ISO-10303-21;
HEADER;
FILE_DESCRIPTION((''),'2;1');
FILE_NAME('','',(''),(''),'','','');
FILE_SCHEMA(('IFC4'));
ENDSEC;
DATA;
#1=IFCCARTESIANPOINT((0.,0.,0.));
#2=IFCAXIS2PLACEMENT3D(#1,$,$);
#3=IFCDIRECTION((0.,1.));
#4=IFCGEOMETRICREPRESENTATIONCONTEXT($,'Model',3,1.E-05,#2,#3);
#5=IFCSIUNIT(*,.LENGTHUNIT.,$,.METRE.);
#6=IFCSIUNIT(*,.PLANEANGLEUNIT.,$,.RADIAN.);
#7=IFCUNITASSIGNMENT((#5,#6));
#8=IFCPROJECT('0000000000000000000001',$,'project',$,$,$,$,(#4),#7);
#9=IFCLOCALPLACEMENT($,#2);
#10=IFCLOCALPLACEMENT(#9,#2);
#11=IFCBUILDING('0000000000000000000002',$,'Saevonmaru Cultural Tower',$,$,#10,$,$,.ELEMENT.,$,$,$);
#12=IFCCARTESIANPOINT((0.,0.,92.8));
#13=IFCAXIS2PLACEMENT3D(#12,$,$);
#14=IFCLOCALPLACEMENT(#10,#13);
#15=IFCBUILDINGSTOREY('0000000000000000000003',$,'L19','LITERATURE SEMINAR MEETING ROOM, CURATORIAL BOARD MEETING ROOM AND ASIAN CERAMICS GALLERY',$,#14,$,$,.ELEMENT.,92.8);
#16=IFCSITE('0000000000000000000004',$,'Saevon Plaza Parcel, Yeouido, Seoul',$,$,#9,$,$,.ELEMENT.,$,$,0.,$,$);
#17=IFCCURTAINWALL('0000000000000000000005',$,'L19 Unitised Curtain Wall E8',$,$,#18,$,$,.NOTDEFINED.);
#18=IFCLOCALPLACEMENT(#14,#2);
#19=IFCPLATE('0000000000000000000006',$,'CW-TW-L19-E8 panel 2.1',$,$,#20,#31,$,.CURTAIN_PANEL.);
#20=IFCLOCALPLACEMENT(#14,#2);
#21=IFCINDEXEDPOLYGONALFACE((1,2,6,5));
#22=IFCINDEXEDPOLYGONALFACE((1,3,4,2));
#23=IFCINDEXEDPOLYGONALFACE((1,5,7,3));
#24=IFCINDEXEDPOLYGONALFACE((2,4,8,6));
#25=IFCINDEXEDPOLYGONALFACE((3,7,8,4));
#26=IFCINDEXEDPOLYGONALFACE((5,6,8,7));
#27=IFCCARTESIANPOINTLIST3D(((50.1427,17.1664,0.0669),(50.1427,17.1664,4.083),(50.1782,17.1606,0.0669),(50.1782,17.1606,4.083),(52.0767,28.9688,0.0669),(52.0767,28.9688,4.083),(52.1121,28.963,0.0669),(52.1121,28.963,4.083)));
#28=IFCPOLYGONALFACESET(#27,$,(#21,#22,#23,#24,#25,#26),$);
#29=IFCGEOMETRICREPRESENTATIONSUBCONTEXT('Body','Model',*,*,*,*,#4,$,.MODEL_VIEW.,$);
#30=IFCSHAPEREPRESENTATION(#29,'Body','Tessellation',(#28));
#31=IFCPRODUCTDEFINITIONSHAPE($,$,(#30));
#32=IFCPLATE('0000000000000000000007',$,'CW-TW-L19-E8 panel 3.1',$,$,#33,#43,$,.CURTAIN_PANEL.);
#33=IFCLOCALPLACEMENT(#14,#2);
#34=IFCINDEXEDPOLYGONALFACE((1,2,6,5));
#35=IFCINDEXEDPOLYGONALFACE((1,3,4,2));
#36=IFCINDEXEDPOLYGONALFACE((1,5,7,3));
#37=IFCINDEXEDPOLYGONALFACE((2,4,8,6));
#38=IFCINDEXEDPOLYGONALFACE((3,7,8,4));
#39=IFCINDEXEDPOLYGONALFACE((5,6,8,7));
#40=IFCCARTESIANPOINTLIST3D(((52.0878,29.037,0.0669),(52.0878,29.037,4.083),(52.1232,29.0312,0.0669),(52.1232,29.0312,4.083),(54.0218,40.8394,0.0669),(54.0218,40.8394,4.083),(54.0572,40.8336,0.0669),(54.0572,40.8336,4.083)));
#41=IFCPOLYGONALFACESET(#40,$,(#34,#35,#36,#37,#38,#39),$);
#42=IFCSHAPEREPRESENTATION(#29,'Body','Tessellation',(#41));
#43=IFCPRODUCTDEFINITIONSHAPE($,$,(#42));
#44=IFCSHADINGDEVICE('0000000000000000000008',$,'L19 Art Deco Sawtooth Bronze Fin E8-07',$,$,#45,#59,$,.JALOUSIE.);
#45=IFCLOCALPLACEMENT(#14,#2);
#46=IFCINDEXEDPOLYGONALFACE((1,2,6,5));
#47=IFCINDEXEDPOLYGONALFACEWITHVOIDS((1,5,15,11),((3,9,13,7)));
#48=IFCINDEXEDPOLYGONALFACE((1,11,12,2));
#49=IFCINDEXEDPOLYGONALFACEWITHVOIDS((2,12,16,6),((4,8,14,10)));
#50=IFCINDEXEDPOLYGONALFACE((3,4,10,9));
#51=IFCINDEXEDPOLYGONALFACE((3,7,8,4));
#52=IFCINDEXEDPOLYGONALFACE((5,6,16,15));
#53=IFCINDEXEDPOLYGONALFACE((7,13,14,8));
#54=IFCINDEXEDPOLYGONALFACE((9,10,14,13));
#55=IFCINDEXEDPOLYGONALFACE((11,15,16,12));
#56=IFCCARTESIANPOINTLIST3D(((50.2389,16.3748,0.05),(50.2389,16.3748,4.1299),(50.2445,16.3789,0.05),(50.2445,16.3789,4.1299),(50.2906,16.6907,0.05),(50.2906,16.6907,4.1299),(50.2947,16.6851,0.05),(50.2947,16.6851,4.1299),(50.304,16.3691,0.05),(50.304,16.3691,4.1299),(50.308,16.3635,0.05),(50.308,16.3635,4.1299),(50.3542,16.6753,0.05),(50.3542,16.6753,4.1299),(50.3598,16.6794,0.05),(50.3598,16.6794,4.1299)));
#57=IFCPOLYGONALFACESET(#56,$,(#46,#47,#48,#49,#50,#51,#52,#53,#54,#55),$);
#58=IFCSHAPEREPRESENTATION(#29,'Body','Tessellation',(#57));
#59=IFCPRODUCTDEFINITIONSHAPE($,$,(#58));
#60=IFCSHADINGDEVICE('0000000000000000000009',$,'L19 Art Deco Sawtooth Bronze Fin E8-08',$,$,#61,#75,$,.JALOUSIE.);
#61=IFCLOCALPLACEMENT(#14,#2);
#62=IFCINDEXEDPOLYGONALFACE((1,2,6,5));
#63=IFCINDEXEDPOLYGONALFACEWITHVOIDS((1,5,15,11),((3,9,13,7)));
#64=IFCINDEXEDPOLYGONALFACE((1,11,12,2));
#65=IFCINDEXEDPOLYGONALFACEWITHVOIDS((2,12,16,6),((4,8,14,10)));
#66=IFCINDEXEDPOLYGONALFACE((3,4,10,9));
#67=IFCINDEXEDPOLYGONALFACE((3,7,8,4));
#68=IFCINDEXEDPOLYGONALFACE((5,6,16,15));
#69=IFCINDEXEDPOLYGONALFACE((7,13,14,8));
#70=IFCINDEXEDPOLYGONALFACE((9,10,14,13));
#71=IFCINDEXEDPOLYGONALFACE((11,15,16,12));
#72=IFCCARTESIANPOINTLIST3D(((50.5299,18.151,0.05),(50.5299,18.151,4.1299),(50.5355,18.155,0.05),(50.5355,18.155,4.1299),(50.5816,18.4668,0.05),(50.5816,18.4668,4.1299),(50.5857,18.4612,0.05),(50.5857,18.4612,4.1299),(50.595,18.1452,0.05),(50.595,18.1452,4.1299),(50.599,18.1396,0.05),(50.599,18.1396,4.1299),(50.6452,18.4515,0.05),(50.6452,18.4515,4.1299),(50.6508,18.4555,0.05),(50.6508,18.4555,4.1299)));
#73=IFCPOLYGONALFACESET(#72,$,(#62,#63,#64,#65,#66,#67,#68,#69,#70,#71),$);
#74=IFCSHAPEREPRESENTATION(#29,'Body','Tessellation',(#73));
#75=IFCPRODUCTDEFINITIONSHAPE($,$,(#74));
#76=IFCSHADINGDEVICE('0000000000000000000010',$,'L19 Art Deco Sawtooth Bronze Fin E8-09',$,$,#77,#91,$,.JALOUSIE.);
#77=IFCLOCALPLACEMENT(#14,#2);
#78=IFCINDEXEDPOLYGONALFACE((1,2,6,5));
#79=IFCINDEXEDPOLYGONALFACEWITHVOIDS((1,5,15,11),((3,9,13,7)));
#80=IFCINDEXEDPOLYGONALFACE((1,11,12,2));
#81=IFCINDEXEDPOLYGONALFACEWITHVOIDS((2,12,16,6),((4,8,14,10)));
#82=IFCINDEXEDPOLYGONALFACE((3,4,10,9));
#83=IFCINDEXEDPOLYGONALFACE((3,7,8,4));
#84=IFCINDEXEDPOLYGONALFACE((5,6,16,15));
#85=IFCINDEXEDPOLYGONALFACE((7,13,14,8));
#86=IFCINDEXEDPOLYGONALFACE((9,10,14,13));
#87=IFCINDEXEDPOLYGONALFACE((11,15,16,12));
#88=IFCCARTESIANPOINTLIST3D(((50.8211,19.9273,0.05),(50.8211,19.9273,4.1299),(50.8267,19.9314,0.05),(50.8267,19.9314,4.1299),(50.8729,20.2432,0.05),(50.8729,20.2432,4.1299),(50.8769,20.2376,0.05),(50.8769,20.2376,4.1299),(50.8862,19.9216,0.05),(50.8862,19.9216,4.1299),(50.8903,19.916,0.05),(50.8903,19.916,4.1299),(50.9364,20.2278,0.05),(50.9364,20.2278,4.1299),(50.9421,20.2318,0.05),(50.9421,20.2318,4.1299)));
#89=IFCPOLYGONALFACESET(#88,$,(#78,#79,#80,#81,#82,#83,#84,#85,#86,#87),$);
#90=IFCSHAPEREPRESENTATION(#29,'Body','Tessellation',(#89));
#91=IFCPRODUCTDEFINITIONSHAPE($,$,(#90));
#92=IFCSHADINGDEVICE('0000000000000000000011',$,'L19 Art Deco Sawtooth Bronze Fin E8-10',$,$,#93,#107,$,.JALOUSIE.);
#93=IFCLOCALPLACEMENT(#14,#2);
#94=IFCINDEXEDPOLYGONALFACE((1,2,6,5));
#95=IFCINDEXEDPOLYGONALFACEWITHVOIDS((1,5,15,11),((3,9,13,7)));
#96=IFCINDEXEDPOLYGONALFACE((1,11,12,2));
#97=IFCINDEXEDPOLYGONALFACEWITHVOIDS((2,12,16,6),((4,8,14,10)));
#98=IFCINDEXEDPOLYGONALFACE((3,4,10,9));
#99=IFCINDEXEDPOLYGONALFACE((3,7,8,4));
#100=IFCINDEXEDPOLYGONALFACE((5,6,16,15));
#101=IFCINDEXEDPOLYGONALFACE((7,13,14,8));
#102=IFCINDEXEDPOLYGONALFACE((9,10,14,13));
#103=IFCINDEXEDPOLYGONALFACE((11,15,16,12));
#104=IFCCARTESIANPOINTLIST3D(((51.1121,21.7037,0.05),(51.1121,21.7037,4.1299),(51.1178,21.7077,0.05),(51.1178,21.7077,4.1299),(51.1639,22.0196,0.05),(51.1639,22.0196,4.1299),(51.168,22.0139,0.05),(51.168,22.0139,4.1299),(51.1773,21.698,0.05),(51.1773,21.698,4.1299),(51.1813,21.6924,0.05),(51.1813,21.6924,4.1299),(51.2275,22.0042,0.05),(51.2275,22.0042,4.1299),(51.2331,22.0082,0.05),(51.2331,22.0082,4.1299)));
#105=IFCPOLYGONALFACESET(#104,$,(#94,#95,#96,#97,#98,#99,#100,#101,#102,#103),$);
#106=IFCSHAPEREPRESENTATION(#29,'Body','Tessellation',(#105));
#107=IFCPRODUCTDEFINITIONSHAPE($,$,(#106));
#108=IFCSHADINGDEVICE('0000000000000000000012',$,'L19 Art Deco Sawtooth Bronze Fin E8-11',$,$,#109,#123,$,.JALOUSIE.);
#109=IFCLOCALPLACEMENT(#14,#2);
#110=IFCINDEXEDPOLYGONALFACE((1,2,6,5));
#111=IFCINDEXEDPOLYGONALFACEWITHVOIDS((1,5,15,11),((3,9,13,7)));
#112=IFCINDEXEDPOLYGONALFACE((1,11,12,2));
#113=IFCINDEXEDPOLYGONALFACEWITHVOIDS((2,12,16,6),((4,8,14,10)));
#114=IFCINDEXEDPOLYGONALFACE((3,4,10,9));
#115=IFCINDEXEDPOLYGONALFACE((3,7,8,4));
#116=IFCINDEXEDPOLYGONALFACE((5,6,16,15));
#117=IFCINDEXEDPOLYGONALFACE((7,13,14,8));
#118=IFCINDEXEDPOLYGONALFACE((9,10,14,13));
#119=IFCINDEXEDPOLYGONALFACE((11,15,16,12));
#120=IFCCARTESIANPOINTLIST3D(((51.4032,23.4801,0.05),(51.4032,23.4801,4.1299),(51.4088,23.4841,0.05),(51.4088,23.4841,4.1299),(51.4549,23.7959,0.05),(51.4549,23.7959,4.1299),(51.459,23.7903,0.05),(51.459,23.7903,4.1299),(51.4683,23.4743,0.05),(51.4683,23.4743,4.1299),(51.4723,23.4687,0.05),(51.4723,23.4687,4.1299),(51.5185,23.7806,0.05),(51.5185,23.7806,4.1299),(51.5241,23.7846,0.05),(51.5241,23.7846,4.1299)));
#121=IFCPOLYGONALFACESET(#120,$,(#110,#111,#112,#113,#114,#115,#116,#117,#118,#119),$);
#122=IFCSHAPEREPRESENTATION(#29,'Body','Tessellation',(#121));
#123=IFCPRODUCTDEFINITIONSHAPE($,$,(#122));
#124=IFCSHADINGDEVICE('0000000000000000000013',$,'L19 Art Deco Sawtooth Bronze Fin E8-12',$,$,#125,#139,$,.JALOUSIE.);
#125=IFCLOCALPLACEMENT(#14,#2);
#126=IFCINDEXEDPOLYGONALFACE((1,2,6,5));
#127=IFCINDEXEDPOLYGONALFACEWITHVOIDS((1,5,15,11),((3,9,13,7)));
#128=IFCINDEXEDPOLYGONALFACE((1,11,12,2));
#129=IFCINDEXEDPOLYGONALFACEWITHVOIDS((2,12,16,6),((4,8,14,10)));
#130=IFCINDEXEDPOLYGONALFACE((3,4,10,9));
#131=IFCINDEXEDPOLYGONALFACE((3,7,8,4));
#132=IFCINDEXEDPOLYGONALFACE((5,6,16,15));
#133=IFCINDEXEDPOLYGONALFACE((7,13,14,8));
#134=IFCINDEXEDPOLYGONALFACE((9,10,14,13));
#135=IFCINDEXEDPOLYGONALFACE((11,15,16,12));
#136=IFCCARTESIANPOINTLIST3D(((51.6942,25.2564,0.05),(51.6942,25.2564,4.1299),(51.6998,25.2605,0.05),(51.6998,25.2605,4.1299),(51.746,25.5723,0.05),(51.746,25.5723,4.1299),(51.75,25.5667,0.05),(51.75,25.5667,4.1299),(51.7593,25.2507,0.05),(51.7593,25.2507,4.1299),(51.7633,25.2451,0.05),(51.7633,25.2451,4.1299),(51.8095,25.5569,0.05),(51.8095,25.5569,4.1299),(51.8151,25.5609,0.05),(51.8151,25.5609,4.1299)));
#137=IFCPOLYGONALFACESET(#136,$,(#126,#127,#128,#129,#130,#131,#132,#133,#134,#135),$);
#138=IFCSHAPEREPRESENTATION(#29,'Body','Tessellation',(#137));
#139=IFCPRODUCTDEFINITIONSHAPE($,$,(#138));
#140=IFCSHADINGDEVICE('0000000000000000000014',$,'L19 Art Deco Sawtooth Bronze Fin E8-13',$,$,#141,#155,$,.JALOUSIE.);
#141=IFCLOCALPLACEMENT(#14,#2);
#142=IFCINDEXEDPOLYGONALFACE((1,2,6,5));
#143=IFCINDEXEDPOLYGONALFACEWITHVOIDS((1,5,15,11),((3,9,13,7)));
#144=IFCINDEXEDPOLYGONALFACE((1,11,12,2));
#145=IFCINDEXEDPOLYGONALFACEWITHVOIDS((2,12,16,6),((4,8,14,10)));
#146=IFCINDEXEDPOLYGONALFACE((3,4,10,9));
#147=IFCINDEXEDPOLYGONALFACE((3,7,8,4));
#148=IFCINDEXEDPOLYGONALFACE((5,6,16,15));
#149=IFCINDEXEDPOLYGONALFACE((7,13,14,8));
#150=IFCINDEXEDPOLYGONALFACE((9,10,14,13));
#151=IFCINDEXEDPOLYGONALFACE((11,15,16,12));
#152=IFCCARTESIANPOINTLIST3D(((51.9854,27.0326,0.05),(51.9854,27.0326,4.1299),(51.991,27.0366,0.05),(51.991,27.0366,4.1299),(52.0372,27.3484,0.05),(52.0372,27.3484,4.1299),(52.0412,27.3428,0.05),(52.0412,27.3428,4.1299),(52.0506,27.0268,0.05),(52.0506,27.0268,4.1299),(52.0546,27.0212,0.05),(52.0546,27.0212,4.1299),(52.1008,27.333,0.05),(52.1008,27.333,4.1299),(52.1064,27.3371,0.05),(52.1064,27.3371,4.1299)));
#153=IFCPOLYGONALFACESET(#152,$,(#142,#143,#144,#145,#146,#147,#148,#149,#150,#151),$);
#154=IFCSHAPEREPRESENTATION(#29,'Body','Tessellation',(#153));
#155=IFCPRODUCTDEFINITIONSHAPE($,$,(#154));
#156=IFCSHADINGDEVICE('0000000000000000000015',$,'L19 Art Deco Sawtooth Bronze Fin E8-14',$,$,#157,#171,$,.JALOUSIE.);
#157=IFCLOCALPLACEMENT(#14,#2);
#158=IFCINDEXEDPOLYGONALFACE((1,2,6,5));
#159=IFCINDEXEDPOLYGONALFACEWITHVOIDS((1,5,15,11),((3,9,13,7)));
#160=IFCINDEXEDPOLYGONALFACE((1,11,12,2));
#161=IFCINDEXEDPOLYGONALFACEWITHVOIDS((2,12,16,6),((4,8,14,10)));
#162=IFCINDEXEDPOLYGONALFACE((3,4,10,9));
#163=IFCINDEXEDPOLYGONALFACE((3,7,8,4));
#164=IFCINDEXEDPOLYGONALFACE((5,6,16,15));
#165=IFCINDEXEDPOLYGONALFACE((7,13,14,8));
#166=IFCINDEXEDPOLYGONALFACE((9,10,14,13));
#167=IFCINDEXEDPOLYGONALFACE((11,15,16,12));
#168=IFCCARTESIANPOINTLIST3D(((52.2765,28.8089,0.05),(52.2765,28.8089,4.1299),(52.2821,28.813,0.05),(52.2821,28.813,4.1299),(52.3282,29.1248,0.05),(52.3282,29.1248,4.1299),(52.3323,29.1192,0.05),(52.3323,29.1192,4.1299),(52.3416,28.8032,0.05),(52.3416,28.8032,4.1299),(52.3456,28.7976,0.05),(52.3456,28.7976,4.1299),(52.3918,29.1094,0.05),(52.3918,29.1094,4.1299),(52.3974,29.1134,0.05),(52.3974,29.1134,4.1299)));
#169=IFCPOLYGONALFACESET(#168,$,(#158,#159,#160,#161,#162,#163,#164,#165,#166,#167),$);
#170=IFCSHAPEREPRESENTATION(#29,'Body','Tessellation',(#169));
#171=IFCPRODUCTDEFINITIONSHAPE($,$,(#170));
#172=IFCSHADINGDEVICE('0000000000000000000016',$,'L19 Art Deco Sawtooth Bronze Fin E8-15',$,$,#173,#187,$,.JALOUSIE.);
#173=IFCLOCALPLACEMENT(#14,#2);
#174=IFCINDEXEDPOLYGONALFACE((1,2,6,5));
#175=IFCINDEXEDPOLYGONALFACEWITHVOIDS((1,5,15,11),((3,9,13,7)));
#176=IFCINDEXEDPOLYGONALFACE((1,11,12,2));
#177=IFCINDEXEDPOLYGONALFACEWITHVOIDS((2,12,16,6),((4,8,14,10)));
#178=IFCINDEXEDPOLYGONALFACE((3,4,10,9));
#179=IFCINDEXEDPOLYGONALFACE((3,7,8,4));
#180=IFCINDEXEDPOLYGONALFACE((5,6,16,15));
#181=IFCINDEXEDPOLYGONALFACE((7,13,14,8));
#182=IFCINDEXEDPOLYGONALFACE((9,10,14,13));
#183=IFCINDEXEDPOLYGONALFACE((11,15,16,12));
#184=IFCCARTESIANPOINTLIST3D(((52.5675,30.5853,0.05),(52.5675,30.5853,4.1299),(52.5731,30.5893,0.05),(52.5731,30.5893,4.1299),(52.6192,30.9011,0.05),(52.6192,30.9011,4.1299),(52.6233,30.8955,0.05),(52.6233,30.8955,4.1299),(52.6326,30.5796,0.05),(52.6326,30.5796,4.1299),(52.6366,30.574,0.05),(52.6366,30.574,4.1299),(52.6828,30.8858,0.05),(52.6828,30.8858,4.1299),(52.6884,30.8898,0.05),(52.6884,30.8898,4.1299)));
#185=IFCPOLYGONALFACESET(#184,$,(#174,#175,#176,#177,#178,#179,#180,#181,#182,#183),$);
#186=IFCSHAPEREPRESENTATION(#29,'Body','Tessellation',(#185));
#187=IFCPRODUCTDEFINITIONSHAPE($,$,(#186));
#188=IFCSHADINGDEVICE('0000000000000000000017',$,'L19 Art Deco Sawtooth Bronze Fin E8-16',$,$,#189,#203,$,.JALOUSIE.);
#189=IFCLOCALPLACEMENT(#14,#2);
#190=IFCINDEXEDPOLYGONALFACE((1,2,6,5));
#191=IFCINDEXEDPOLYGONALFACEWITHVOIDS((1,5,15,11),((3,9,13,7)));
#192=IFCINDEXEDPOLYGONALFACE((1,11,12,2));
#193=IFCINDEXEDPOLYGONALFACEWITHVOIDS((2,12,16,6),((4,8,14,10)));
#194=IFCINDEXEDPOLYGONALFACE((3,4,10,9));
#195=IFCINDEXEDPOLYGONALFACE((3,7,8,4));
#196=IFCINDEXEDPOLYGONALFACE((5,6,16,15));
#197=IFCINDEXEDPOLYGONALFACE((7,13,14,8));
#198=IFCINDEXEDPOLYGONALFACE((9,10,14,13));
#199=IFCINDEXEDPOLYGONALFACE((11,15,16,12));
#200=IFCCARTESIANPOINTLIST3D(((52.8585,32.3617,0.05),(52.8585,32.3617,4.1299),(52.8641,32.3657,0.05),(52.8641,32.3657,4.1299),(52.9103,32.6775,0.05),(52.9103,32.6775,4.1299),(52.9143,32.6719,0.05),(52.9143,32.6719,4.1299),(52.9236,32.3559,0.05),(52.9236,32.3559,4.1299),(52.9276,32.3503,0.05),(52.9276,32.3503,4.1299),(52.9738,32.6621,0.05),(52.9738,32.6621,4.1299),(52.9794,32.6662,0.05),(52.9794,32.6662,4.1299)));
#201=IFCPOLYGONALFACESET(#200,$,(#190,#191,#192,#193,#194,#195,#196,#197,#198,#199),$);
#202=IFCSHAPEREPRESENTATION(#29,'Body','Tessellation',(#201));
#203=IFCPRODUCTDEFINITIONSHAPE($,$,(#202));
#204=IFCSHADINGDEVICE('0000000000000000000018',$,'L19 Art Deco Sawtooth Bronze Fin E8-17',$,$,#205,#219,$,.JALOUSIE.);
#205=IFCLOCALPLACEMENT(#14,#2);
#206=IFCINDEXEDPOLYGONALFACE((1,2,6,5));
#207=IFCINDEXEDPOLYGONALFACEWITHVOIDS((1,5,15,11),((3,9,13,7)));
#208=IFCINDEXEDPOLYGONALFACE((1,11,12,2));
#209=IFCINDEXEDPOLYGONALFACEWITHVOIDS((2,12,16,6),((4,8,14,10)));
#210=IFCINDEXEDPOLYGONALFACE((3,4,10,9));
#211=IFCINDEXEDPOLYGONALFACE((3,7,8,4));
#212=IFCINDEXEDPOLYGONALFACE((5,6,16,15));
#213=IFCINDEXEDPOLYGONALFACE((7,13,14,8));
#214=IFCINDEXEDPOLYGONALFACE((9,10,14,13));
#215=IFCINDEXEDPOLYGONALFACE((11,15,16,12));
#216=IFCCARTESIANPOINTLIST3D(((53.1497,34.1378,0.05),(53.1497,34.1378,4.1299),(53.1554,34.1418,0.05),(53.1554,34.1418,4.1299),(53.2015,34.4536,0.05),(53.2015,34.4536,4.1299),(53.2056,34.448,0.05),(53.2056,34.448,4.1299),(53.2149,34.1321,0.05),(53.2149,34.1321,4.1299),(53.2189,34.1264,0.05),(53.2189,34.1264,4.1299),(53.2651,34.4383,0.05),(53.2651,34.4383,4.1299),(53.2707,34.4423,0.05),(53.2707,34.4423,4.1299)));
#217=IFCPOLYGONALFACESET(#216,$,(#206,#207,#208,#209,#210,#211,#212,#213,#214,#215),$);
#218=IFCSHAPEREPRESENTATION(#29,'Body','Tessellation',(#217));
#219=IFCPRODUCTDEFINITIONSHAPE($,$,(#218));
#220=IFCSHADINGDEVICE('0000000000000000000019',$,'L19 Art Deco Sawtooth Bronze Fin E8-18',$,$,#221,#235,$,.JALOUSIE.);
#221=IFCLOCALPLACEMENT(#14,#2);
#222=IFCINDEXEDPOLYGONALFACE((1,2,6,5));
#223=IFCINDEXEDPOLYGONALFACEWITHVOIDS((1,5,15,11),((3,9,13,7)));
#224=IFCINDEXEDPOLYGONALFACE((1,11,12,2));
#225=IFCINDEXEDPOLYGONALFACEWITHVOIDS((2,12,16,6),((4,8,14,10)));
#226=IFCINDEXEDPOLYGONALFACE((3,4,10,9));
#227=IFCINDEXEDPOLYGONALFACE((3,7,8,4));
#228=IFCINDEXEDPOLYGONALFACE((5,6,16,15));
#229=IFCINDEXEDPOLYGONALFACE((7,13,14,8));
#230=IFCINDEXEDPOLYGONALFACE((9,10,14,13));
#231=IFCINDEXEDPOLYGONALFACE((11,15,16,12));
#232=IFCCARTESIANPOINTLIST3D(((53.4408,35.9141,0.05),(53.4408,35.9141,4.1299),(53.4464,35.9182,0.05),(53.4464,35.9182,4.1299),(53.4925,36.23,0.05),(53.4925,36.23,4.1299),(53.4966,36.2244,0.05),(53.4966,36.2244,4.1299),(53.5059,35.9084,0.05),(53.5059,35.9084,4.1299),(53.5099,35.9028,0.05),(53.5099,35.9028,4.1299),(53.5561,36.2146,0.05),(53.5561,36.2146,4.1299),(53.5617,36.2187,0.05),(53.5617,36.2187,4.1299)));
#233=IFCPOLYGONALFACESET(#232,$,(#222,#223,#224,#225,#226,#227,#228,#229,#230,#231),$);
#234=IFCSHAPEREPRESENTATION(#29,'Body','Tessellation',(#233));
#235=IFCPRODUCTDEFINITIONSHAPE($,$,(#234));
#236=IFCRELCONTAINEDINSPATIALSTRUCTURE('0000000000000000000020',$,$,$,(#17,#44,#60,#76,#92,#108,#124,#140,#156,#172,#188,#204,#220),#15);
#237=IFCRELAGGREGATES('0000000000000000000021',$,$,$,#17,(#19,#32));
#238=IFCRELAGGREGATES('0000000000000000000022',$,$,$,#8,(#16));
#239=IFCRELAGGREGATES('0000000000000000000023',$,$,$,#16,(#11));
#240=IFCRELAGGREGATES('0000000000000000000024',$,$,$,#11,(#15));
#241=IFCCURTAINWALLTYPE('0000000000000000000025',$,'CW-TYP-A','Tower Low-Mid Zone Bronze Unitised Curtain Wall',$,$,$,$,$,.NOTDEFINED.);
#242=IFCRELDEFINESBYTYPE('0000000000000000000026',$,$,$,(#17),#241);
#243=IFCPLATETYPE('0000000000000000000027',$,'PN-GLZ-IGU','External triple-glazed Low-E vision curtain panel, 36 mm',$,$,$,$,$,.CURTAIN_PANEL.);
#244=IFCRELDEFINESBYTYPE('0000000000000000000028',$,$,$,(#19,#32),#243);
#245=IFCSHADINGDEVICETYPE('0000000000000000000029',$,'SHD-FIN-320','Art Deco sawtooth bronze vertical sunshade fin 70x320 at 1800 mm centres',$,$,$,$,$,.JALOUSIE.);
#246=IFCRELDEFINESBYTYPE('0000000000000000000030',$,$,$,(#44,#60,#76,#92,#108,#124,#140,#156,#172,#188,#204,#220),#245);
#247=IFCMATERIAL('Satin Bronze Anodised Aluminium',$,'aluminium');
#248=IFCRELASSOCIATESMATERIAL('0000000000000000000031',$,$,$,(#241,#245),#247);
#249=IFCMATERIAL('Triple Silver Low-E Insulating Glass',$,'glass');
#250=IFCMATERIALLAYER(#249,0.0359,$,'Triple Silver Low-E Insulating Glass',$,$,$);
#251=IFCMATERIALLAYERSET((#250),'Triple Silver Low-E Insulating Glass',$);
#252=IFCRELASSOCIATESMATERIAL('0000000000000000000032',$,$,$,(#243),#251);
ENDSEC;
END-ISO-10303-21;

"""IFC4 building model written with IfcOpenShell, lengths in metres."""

from ifc_helpers import new_model, si_unit, direction, frame, origin, origin_2d, place, context, subcontext, project, spatial, rectangle, hollow_rectangle, extrude, material, layer, layer_set, material_profile, profile_set, type_object, element, aggregate, save


model = new_model("IFC4")

# Units and contexts
model_context = context("Model", 3, precision=1e-05, world=origin(), true_north=direction((0.0, 1.0)))
body_context = subcontext(model_context, "Body", "Model", "MODEL_VIEW")
ifc_project = project(units=[si_unit("LENGTHUNIT", "METRE"), si_unit("PLANEANGLEUNIT", "RADIAN")], contexts=[model_context])

# Site, building, storey
site_placement = place(None, origin())
site = spatial("IfcSite", under=ifc_project, at=site_placement, Name="Saevon Plaza Parcel, Yeouido, Seoul", CompositionType="ELEMENT", RefElevation=0.0)
building_placement = place(site_placement, origin())
building = spatial("IfcBuilding", under=site, at=building_placement, Name="Saevonmaru Cultural Tower", CompositionType="ELEMENT")
storey_placement = place(building_placement, frame((0.0, 0.0, 92.8)))
storey = spatial("IfcBuildingStorey", under=building, at=storey_placement, Name="L19", Description="LITERATURE SEMINAR MEETING ROOM, CURATORIAL BOARD MEETING ROOM AND ASIAN CERAMICS GALLERY", CompositionType="ELEMENT", Elevation=92.8)

# Curtain wall, plates
ifc_material_1 = material(Name="Satin Bronze Anodised Aluminium", Category="aluminium")
curtain_wall_type = type_object("IfcCurtainWallType", Name="CW-TYP-A", Description="Tower Low-Mid Zone Bronze Unitised Curtain Wall", PredefinedType="NOTDEFINED", material=ifc_material_1)
curtain_wall_placement = place(storey_placement, origin())
curtain_wall = element("IfcCurtainWall", 1, at=curtain_wall_placement, inside=storey, type_object=curtain_wall_type, Name="L19 Unitised Curtain Wall E8", PredefinedType="NOTDEFINED")
ifc_material_2 = material(Name="Triple Silver Low-E Insulating Glass", Category="glass")
ifc_layer_1 = layer(ifc_material_2, 0.0359, Name="Triple Silver Low-E Insulating Glass")
ifc_layer_set_1 = layer_set([ifc_layer_1], Name="Triple Silver Low-E Insulating Glass")
plate_type = type_object("IfcPlateType", Name="PN-GLZ-IGU", Description="External triple-glazed Low-E vision curtain panel, 36 mm", PredefinedType="CURTAIN_PANEL", material=ifc_layer_set_1)
plate_1_placement = place(storey_placement, frame((51.1274, 23.0647, 0.0669), z_axis=(0.0, 0.0, 1.0), x_axis=(0.161709, 0.986839, 0.0)))
plate_1 = element("IfcPlate", 2, at=plate_1_placement, type_object=plate_type, Name="CW-TW-L19-E8 panel 2.1", PredefinedType="CURTAIN_PANEL", context=body_context, shape_type="SweptSolid", body=[
    extrude(rectangle(XDim=11.9597, YDim=0.0359, at=origin_2d()), origin(), (0.0, 0.0, 1.0), 4.0161),
])
plate_2_placement = place(storey_placement, frame((53.0725, 34.9353, 0.0669), z_axis=(0.0, 0.0, 1.0), x_axis=(0.161709, 0.986839, 0.0)))
plate_2 = element("IfcPlate", 3, at=plate_2_placement, type_object=plate_type, Name="CW-TW-L19-E8 panel 3.1", PredefinedType="CURTAIN_PANEL", context=body_context, shape_type="SweptSolid", body=[
    extrude(rectangle(XDim=11.9597, YDim=0.0359, at=origin_2d()), origin(), (0.0, 0.0, 1.0), 4.0161),
])
aggregate(curtain_wall, [plate_1, plate_2])

# Shading devices
ifc_material_profile_1 = material_profile(ifc_material_1, hollow_rectangle(XDim=0.0701, YDim=0.3201, WallThickness=0.0049, at=origin_2d()), Name="FIN-320x70")
ifc_profile_set_1 = profile_set([ifc_material_profile_1], Name="Satin Bronze Anodised Aluminium")
shading_device_type = type_object("IfcShadingDeviceType", Name="SHD-FIN-320", Description="Art Deco sawtooth bronze vertical sunshade fin 70x320 at 1800 mm centres", PredefinedType="JALOUSIE", material=ifc_profile_set_1)
for number, where, z_axis, x_axis, name in (
    (4, (50.2993, 16.5271, 0.05), (0.0, 0.0, 1.0), (0.986827, -0.161776, 0.0), "L19 Art Deco Sawtooth Bronze Fin E8-07"),
    (5, (50.5903, 18.3032, 0.05), (0.0, 0.0, 1.0), (0.986827, -0.161776, 0.0), "L19 Art Deco Sawtooth Bronze Fin E8-08"),
    (6, (50.8816, 20.0796, 0.05), (0.0, 0.0, 1.0), (0.986827, -0.161776, 0.0), "L19 Art Deco Sawtooth Bronze Fin E8-09"),
    (7, (51.1726, 21.856, 0.05), (0.0, 0.0, 1.0), (0.986827, -0.161776, 0.0), "L19 Art Deco Sawtooth Bronze Fin E8-10"),
    (8, (51.4636, 23.6323, 0.05), (0.0, 0.0, 1.0), (0.986827, -0.161776, 0.0), "L19 Art Deco Sawtooth Bronze Fin E8-11"),
    (9, (51.7546, 25.4087, 0.05), (0.0, 0.0, 1.0), (0.986827, -0.161776, 0.0), "L19 Art Deco Sawtooth Bronze Fin E8-12"),
    (10, (52.0459, 27.1848, 0.05), (0.0, 0.0, 1.0), (0.986827, -0.161776, 0.0), "L19 Art Deco Sawtooth Bronze Fin E8-13"),
    (11, (52.3369, 28.9612, 0.05), (0.0, 0.0, 1.0), (0.986827, -0.161776, 0.0), "L19 Art Deco Sawtooth Bronze Fin E8-14"),
    (12, (52.6279, 30.7375, 0.05), (0.0, 0.0, 1.0), (0.986827, -0.161776, 0.0), "L19 Art Deco Sawtooth Bronze Fin E8-15"),
    (13, (52.9189, 32.5139, 0.05), (0.0, 0.0, 1.0), (0.986827, -0.161776, 0.0), "L19 Art Deco Sawtooth Bronze Fin E8-16"),
    (14, (53.2102, 34.29, 0.05), (0.0, 0.0, 1.0), (0.986827, -0.161776, 0.0), "L19 Art Deco Sawtooth Bronze Fin E8-17"),
    (15, (53.5012, 36.0664, 0.05), (0.0, 0.0, 1.0), (0.986827, -0.161776, 0.0), "L19 Art Deco Sawtooth Bronze Fin E8-18"),
):
    element("IfcShadingDevice", number, at=place(storey_placement, frame(where, z_axis=z_axis, x_axis=x_axis)), inside=storey, type_object=shading_device_type, Name=name, PredefinedType="JALOUSIE", context=body_context, shape_type="SweptSolid", body=[
        extrude(hollow_rectangle(XDim=0.0701, YDim=0.3201, WallThickness=0.0049, at=origin_2d()), origin(), (0.0, 0.0, 1.0), 4.0798),
    ])

save(model, "model.ifc")
